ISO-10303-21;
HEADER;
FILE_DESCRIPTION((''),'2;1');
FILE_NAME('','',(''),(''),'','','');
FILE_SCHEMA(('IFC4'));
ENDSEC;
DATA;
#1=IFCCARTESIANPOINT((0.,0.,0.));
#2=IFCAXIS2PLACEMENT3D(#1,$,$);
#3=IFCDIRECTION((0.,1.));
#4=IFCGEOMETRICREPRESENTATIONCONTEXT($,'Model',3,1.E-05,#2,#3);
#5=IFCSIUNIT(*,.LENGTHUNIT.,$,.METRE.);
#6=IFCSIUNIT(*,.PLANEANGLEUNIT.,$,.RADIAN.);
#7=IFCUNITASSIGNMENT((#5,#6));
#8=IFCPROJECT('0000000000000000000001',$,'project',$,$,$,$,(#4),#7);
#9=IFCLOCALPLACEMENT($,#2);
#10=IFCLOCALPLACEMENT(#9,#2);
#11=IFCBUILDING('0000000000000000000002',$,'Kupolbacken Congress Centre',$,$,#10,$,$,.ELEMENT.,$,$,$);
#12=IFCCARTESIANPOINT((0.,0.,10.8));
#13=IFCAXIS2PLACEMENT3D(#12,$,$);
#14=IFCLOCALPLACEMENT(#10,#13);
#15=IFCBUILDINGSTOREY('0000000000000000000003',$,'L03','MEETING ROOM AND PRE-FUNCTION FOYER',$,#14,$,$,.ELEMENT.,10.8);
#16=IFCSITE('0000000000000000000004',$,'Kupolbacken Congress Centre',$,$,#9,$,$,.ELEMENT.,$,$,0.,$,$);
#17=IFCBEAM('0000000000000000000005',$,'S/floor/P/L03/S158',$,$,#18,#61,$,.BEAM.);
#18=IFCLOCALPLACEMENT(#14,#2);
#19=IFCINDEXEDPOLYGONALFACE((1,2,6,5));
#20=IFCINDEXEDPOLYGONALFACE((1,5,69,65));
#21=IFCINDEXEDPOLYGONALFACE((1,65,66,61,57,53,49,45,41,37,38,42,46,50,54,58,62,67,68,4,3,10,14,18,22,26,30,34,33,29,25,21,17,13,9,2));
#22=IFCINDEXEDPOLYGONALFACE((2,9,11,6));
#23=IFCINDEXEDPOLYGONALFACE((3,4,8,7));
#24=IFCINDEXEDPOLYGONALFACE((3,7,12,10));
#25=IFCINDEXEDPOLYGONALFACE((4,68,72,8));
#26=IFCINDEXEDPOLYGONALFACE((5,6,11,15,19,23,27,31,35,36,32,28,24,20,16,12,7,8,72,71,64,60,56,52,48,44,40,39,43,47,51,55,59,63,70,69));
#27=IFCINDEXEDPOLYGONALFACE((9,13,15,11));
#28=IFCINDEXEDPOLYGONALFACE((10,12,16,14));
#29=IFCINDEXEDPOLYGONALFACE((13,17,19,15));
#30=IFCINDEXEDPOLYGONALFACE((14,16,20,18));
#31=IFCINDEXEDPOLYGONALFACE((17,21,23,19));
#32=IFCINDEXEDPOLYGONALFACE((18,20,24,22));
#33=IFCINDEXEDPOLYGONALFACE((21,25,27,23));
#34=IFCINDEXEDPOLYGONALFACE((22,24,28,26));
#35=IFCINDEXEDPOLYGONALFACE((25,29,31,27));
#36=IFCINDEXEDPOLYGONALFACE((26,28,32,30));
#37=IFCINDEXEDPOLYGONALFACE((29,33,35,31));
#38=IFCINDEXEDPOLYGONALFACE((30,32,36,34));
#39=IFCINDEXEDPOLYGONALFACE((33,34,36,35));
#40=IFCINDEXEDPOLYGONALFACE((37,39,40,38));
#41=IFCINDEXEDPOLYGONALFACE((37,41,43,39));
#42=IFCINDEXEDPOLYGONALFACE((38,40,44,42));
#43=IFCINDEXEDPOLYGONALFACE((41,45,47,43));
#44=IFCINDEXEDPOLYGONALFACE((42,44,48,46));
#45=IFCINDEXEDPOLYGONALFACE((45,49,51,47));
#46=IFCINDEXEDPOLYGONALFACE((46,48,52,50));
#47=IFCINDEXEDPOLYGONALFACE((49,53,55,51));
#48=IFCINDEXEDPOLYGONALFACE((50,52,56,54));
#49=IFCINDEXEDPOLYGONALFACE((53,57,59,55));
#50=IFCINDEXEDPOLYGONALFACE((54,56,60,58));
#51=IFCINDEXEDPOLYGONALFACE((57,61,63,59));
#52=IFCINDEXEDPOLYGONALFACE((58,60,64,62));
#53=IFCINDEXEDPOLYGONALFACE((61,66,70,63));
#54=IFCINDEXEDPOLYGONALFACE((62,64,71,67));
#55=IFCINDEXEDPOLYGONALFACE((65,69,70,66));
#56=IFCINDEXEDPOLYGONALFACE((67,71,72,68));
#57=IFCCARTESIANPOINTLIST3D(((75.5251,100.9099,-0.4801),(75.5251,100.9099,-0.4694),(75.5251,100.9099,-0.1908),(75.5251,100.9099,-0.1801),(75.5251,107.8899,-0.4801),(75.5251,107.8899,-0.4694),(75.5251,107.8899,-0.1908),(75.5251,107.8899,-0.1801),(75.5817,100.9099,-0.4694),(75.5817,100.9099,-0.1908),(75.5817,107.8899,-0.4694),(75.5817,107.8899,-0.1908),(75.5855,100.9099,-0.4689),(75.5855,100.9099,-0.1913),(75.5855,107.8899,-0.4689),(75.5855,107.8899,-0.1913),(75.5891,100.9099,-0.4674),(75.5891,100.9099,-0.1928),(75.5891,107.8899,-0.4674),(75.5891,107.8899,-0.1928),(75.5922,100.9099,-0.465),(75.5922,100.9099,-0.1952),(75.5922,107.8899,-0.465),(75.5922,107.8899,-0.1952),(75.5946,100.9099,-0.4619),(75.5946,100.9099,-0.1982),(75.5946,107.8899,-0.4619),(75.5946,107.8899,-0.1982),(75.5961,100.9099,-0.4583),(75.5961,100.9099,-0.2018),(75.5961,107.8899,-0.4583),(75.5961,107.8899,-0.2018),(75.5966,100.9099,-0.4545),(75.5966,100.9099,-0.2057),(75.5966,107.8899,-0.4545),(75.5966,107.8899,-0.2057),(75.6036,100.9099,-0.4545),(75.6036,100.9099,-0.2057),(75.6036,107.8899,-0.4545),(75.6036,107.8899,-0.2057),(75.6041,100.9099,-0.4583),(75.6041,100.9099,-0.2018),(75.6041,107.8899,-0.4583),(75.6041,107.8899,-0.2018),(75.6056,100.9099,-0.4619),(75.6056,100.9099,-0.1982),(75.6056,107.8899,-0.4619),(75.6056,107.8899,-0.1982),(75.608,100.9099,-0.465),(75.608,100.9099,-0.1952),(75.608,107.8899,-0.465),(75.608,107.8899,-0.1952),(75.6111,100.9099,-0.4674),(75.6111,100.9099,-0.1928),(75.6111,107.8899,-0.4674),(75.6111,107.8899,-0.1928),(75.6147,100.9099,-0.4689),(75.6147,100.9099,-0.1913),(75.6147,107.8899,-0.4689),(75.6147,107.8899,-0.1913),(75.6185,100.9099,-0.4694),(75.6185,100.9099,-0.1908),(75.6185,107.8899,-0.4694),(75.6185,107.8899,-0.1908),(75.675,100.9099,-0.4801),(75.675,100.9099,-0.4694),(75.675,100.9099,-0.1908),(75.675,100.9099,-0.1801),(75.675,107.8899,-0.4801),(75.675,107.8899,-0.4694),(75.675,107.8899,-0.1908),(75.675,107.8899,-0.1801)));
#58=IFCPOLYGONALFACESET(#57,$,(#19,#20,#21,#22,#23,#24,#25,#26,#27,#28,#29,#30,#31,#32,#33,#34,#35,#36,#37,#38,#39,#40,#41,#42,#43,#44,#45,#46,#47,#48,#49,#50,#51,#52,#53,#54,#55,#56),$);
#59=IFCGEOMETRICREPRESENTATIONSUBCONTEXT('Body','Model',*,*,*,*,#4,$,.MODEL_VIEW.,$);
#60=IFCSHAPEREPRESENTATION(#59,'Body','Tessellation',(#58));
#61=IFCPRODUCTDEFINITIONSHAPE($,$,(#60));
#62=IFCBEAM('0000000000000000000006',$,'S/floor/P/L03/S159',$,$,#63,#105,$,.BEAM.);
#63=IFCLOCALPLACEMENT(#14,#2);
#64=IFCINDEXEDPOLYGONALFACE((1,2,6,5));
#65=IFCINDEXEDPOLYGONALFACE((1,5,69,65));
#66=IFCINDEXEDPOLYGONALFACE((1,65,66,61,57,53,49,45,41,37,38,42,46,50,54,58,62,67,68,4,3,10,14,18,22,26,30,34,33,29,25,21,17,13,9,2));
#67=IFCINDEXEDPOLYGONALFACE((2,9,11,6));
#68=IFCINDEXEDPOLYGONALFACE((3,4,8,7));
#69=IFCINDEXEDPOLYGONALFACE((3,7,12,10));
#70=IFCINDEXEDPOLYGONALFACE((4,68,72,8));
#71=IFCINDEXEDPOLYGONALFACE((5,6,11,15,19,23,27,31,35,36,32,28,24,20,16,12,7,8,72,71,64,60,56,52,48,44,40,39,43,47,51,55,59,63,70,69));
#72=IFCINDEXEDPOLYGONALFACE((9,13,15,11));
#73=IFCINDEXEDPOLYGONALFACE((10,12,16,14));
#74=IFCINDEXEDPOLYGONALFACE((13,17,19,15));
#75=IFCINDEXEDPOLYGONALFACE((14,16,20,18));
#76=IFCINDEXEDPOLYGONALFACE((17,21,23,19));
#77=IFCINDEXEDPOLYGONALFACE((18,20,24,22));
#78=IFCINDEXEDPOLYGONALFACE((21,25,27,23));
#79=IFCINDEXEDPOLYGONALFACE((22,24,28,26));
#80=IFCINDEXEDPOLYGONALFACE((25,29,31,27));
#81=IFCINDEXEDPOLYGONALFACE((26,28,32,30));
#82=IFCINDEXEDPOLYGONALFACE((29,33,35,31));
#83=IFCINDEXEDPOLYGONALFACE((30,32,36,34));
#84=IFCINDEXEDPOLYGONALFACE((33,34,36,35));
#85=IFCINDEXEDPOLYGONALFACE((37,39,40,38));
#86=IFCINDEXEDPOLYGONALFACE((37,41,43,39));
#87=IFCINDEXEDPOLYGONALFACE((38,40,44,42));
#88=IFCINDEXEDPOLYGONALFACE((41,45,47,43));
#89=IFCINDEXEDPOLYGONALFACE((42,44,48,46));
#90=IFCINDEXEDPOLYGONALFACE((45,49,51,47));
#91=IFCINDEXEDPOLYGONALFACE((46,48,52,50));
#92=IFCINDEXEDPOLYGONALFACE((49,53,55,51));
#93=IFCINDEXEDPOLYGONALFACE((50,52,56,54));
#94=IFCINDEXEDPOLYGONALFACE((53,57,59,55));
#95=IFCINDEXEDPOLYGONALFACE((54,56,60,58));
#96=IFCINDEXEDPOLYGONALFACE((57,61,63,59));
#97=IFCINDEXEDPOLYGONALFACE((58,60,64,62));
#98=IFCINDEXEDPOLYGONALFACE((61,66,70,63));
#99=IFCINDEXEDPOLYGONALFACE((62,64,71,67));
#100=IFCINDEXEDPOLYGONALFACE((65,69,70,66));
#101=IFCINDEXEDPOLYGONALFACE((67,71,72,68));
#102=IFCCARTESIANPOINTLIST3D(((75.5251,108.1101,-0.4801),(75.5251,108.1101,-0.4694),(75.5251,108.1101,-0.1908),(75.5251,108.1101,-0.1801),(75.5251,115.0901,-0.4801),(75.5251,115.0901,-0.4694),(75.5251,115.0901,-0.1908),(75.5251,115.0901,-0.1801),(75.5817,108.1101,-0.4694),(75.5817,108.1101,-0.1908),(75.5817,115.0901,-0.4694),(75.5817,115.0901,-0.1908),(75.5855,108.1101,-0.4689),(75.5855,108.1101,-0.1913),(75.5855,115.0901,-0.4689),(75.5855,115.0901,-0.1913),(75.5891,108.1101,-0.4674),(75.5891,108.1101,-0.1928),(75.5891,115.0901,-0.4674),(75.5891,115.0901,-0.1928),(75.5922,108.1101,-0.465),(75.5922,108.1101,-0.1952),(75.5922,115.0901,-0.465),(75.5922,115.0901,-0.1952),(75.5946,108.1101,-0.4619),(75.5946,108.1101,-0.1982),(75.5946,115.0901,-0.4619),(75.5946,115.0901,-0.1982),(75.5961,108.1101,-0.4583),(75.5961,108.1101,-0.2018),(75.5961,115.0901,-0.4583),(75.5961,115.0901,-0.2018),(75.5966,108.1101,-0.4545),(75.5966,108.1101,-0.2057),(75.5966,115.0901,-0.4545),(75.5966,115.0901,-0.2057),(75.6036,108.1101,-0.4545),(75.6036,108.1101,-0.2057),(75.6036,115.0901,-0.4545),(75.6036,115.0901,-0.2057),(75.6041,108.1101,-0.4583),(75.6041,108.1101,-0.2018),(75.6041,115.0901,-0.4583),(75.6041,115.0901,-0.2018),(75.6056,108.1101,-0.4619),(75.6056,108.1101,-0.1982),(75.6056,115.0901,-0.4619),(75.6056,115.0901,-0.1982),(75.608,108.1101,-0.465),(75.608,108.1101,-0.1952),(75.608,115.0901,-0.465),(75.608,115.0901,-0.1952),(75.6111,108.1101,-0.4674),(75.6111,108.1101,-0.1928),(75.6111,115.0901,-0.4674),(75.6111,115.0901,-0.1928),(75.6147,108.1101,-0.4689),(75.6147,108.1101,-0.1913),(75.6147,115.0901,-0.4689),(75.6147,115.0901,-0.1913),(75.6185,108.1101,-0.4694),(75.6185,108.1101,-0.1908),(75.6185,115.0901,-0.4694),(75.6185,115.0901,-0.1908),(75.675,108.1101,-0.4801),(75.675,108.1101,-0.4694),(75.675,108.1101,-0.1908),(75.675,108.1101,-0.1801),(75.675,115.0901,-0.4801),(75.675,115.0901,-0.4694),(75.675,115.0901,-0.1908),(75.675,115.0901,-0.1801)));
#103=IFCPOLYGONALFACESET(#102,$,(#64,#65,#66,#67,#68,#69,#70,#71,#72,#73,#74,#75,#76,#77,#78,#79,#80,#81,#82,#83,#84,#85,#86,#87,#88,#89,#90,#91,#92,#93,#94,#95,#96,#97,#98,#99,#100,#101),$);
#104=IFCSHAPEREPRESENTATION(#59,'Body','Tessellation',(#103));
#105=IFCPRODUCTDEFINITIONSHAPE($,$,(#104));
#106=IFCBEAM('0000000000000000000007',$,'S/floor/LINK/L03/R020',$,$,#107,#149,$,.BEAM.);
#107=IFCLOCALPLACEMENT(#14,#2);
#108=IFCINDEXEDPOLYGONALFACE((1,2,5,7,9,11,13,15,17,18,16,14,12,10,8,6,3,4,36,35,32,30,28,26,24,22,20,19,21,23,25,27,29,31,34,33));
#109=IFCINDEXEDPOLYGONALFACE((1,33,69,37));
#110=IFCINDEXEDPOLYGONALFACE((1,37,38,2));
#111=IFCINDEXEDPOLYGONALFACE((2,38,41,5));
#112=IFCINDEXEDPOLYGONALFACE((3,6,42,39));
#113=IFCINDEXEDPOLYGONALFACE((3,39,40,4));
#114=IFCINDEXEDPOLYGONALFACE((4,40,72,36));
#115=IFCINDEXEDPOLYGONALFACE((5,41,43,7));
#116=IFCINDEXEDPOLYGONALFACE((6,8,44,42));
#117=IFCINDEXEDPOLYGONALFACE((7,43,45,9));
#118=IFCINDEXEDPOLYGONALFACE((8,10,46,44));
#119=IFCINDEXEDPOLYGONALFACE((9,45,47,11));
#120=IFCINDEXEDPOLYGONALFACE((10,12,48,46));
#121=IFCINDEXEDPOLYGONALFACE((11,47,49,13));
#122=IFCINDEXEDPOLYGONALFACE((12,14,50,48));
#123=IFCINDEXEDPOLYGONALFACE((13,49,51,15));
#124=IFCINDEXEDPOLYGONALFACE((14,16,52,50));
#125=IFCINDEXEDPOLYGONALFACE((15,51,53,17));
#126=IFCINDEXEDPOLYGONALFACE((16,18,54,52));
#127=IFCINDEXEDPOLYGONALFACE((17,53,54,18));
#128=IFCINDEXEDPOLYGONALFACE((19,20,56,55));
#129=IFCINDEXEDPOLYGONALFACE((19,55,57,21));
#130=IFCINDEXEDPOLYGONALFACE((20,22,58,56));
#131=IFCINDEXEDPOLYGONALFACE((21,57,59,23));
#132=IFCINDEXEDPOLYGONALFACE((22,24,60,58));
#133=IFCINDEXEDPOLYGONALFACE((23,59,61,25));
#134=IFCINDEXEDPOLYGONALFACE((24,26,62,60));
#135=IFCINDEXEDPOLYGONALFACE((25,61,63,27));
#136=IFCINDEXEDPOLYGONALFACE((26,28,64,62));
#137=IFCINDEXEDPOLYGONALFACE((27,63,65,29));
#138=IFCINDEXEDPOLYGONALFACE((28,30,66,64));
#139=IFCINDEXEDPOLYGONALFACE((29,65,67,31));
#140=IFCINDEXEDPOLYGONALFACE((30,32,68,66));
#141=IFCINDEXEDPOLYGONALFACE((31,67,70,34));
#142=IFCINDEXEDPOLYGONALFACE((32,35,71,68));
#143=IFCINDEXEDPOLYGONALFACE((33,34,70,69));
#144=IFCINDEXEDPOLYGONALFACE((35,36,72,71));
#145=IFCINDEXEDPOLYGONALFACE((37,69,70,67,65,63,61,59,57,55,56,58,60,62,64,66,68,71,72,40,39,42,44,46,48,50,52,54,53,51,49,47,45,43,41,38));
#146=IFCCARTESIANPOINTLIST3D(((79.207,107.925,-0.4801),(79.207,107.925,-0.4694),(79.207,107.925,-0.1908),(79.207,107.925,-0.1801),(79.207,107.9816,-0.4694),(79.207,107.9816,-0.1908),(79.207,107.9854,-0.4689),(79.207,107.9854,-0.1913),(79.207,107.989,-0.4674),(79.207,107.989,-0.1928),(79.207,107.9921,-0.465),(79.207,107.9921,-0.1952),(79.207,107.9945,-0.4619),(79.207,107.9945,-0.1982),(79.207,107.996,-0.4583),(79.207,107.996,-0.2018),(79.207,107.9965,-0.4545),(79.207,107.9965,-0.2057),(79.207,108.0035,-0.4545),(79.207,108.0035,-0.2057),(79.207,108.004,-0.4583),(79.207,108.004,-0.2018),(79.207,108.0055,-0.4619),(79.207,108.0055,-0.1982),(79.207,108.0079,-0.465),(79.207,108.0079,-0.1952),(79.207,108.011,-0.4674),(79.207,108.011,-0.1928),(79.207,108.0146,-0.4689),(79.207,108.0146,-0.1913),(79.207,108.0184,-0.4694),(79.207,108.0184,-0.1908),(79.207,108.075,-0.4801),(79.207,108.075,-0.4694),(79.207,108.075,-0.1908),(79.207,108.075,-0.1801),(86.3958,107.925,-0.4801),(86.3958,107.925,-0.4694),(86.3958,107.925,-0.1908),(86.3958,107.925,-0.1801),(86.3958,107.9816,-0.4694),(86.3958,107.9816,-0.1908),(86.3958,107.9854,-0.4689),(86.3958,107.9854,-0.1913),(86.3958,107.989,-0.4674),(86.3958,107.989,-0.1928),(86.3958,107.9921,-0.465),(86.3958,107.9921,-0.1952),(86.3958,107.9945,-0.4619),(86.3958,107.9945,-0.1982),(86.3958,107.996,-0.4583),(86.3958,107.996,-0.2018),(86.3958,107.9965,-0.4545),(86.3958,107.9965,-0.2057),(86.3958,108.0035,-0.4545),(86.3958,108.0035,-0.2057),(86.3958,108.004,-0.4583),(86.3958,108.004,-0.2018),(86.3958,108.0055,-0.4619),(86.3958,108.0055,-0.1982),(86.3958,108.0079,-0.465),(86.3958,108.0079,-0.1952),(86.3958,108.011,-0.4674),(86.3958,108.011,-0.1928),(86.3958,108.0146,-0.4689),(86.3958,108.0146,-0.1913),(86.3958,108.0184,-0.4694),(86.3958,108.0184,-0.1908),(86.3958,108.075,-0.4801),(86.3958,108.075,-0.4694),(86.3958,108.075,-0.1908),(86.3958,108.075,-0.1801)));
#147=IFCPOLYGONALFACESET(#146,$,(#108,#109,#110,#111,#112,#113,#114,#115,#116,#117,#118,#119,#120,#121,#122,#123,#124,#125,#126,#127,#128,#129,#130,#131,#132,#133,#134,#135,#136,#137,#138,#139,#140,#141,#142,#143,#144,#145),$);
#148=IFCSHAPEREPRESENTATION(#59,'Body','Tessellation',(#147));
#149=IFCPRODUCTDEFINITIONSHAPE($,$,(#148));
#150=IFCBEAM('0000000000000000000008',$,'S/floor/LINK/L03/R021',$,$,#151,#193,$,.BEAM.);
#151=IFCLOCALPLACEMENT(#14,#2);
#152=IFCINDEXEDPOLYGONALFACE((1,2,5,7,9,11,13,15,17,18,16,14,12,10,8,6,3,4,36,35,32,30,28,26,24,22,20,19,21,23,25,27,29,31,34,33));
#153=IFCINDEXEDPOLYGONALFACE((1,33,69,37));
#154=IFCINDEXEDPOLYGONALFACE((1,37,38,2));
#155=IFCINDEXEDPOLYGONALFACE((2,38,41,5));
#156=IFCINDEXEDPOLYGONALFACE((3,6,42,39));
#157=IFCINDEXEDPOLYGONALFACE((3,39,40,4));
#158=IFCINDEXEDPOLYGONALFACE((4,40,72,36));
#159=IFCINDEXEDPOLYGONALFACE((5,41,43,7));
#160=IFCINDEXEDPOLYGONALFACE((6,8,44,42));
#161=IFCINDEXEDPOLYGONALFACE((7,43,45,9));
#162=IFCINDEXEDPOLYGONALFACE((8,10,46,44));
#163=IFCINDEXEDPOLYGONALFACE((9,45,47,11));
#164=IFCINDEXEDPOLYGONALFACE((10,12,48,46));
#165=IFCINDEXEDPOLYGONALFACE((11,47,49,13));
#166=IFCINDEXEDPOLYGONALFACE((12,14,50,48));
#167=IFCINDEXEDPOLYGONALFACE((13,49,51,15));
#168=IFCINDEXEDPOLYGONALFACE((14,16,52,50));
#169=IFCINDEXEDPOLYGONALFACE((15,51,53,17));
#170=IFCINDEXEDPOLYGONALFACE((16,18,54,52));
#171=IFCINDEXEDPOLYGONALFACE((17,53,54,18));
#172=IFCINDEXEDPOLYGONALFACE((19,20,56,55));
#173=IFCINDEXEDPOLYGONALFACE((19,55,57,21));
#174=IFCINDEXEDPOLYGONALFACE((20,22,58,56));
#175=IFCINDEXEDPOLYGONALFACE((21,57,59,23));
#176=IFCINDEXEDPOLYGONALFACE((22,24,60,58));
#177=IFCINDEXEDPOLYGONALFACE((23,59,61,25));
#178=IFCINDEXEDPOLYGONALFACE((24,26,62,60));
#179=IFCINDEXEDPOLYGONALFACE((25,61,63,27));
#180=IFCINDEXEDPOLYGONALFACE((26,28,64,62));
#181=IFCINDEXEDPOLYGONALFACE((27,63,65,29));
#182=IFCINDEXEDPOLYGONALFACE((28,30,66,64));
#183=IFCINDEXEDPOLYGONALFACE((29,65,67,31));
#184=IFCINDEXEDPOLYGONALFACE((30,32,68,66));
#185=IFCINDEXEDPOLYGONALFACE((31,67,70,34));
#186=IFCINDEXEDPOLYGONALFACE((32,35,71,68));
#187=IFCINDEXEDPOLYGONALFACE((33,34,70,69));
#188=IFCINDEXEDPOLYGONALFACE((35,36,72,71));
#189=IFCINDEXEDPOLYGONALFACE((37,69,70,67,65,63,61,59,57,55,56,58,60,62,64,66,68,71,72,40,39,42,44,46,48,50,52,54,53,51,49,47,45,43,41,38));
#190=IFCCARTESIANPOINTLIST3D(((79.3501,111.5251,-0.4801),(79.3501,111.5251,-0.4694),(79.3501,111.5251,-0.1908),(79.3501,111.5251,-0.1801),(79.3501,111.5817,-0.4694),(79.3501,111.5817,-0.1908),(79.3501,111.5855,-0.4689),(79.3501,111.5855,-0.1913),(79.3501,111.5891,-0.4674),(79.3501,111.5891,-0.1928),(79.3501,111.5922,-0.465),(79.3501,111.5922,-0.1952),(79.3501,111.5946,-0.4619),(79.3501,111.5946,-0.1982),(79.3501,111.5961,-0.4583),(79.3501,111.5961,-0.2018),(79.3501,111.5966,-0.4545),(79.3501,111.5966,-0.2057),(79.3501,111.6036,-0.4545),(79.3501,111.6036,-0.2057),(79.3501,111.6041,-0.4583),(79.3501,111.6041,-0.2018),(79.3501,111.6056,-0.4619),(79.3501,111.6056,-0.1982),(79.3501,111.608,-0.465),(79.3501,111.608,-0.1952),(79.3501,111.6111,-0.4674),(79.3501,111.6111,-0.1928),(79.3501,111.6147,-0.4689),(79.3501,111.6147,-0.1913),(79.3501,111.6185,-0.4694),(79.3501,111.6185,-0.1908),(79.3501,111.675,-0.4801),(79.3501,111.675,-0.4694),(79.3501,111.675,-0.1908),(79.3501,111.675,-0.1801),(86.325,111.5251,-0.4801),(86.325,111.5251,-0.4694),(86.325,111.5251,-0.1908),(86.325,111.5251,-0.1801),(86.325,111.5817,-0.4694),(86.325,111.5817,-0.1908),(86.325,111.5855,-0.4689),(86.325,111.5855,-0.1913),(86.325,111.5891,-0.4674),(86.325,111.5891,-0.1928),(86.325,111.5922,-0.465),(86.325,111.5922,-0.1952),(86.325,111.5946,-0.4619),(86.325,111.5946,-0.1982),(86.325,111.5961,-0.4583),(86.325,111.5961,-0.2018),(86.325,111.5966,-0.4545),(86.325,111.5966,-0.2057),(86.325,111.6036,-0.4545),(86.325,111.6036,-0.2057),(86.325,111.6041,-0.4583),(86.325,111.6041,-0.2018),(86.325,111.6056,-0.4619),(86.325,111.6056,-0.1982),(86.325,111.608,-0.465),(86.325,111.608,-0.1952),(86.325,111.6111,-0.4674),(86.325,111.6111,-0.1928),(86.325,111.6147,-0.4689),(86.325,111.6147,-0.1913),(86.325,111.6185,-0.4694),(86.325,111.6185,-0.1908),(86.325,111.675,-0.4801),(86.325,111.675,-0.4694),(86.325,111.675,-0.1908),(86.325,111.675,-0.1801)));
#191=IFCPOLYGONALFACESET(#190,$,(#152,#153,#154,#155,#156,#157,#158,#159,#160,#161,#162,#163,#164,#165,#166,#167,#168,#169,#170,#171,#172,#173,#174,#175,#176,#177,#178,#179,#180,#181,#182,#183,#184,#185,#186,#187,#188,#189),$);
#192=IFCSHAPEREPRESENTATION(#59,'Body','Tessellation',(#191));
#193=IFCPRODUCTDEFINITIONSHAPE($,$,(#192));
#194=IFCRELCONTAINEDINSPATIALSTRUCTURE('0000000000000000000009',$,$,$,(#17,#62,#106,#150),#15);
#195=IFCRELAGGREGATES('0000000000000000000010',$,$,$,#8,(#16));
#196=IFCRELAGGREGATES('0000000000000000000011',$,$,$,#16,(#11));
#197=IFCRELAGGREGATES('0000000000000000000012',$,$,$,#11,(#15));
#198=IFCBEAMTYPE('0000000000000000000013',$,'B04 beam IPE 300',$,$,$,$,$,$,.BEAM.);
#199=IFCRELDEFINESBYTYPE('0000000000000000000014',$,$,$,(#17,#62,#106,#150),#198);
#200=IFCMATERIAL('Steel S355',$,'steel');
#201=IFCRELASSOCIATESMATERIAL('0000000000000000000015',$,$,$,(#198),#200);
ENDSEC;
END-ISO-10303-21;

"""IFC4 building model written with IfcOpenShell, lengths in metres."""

from ifc_helpers import new_model, si_unit, direction, frame, origin, origin_2d, place, context, subcontext, project, spatial, i_section, extrude, material, material_profile, profile_set, type_object, element, save


model = new_model("IFC4")

# Units and contexts
model_context = context("Model", 3, precision=1e-05, world=origin(), true_north=direction((0.0, 1.0)))
body_context = subcontext(model_context, "Body", "Model", "MODEL_VIEW")
ifc_project = project(units=[si_unit("LENGTHUNIT", "METRE"), si_unit("PLANEANGLEUNIT", "RADIAN")], contexts=[model_context])

# Site, building, storey
site_placement = place(None, origin())
site = spatial("IfcSite", under=ifc_project, at=site_placement, Name="Kupolbacken Congress Centre", CompositionType="ELEMENT", RefElevation=0.0)
building_placement = place(site_placement, origin())
building = spatial("IfcBuilding", under=site, at=building_placement, Name="Kupolbacken Congress Centre", CompositionType="ELEMENT")
storey_placement = place(building_placement, frame((0.0, 0.0, 10.8)))
storey = spatial("IfcBuildingStorey", under=building, at=storey_placement, Name="L03", Description="MEETING ROOM AND PRE-FUNCTION FOYER", CompositionType="ELEMENT", Elevation=10.8)

# Beams
ifc_material_1 = material(Name="Steel S355", Category="steel")
ifc_material_profile_1 = material_profile(ifc_material_1, i_section(OverallWidth=0.1499, OverallDepth=0.3, WebThickness=0.0071, FlangeThickness=0.0107, FilletRadius=0.0149, at=origin_2d()), Name="IPE 300")
ifc_profile_set_1 = profile_set([ifc_material_profile_1], Name="Steel S355")
beam_type_1 = type_object("IfcBeamType", Name="B04 beam IPE 300", PredefinedType="BEAM", material=ifc_profile_set_1)
for number, where, z_axis, x_axis, name in (
    (1, (75.6001, 100.9099, -0.3301), (0.0, 1.0, 0.0), (-1.0, 0.0, 0.0), "S/floor/P/L03/S158"),
    (2, (75.6001, 108.1101, -0.3301), (0.0, 1.0, 0.0), (-1.0, 0.0, 0.0), "S/floor/P/L03/S159"),
):
    element("IfcBeam", number, at=place(storey_placement, frame(where, z_axis=z_axis, x_axis=x_axis)), inside=storey, type_object=beam_type_1, Name=name, PredefinedType="BEAM", context=body_context, shape_type="SweptSolid", body=[
        extrude(i_section(OverallWidth=0.1499, OverallDepth=0.3, WebThickness=0.0071, FlangeThickness=0.0107, FilletRadius=0.0149, at=origin_2d()), origin(), (0.0, 0.0, 1.0), 6.98),
    ])
beam_1_placement = place(storey_placement, frame((79.207, 108.0, -0.3301), z_axis=(1.0, 0.0, 0.0), x_axis=(0.0, 1.0, 0.0)))
element("IfcBeam", 3, at=beam_1_placement, inside=storey, type_object=beam_type_1, Name="S/floor/LINK/L03/R020", PredefinedType="BEAM", context=body_context, shape_type="SweptSolid", body=[
    extrude(i_section(OverallWidth=0.1499, OverallDepth=0.3, WebThickness=0.0071, FlangeThickness=0.0107, FilletRadius=0.0149, at=origin_2d()), origin(), (0.0, 0.0, 1.0), 7.1887),
])
beam_2_placement = place(storey_placement, frame((79.3501, 111.6001, -0.3301), z_axis=(1.0, 0.0, 0.0), x_axis=(0.0, 1.0, 0.0)))
element("IfcBeam", 4, at=beam_2_placement, inside=storey, type_object=beam_type_1, Name="S/floor/LINK/L03/R021", PredefinedType="BEAM", context=body_context, shape_type="SweptSolid", body=[
    extrude(i_section(OverallWidth=0.1499, OverallDepth=0.3, WebThickness=0.0071, FlangeThickness=0.0107, FilletRadius=0.0149, at=origin_2d()), origin(), (0.0, 0.0, 1.0), 6.9749),
])

save(model, "model.ifc")
